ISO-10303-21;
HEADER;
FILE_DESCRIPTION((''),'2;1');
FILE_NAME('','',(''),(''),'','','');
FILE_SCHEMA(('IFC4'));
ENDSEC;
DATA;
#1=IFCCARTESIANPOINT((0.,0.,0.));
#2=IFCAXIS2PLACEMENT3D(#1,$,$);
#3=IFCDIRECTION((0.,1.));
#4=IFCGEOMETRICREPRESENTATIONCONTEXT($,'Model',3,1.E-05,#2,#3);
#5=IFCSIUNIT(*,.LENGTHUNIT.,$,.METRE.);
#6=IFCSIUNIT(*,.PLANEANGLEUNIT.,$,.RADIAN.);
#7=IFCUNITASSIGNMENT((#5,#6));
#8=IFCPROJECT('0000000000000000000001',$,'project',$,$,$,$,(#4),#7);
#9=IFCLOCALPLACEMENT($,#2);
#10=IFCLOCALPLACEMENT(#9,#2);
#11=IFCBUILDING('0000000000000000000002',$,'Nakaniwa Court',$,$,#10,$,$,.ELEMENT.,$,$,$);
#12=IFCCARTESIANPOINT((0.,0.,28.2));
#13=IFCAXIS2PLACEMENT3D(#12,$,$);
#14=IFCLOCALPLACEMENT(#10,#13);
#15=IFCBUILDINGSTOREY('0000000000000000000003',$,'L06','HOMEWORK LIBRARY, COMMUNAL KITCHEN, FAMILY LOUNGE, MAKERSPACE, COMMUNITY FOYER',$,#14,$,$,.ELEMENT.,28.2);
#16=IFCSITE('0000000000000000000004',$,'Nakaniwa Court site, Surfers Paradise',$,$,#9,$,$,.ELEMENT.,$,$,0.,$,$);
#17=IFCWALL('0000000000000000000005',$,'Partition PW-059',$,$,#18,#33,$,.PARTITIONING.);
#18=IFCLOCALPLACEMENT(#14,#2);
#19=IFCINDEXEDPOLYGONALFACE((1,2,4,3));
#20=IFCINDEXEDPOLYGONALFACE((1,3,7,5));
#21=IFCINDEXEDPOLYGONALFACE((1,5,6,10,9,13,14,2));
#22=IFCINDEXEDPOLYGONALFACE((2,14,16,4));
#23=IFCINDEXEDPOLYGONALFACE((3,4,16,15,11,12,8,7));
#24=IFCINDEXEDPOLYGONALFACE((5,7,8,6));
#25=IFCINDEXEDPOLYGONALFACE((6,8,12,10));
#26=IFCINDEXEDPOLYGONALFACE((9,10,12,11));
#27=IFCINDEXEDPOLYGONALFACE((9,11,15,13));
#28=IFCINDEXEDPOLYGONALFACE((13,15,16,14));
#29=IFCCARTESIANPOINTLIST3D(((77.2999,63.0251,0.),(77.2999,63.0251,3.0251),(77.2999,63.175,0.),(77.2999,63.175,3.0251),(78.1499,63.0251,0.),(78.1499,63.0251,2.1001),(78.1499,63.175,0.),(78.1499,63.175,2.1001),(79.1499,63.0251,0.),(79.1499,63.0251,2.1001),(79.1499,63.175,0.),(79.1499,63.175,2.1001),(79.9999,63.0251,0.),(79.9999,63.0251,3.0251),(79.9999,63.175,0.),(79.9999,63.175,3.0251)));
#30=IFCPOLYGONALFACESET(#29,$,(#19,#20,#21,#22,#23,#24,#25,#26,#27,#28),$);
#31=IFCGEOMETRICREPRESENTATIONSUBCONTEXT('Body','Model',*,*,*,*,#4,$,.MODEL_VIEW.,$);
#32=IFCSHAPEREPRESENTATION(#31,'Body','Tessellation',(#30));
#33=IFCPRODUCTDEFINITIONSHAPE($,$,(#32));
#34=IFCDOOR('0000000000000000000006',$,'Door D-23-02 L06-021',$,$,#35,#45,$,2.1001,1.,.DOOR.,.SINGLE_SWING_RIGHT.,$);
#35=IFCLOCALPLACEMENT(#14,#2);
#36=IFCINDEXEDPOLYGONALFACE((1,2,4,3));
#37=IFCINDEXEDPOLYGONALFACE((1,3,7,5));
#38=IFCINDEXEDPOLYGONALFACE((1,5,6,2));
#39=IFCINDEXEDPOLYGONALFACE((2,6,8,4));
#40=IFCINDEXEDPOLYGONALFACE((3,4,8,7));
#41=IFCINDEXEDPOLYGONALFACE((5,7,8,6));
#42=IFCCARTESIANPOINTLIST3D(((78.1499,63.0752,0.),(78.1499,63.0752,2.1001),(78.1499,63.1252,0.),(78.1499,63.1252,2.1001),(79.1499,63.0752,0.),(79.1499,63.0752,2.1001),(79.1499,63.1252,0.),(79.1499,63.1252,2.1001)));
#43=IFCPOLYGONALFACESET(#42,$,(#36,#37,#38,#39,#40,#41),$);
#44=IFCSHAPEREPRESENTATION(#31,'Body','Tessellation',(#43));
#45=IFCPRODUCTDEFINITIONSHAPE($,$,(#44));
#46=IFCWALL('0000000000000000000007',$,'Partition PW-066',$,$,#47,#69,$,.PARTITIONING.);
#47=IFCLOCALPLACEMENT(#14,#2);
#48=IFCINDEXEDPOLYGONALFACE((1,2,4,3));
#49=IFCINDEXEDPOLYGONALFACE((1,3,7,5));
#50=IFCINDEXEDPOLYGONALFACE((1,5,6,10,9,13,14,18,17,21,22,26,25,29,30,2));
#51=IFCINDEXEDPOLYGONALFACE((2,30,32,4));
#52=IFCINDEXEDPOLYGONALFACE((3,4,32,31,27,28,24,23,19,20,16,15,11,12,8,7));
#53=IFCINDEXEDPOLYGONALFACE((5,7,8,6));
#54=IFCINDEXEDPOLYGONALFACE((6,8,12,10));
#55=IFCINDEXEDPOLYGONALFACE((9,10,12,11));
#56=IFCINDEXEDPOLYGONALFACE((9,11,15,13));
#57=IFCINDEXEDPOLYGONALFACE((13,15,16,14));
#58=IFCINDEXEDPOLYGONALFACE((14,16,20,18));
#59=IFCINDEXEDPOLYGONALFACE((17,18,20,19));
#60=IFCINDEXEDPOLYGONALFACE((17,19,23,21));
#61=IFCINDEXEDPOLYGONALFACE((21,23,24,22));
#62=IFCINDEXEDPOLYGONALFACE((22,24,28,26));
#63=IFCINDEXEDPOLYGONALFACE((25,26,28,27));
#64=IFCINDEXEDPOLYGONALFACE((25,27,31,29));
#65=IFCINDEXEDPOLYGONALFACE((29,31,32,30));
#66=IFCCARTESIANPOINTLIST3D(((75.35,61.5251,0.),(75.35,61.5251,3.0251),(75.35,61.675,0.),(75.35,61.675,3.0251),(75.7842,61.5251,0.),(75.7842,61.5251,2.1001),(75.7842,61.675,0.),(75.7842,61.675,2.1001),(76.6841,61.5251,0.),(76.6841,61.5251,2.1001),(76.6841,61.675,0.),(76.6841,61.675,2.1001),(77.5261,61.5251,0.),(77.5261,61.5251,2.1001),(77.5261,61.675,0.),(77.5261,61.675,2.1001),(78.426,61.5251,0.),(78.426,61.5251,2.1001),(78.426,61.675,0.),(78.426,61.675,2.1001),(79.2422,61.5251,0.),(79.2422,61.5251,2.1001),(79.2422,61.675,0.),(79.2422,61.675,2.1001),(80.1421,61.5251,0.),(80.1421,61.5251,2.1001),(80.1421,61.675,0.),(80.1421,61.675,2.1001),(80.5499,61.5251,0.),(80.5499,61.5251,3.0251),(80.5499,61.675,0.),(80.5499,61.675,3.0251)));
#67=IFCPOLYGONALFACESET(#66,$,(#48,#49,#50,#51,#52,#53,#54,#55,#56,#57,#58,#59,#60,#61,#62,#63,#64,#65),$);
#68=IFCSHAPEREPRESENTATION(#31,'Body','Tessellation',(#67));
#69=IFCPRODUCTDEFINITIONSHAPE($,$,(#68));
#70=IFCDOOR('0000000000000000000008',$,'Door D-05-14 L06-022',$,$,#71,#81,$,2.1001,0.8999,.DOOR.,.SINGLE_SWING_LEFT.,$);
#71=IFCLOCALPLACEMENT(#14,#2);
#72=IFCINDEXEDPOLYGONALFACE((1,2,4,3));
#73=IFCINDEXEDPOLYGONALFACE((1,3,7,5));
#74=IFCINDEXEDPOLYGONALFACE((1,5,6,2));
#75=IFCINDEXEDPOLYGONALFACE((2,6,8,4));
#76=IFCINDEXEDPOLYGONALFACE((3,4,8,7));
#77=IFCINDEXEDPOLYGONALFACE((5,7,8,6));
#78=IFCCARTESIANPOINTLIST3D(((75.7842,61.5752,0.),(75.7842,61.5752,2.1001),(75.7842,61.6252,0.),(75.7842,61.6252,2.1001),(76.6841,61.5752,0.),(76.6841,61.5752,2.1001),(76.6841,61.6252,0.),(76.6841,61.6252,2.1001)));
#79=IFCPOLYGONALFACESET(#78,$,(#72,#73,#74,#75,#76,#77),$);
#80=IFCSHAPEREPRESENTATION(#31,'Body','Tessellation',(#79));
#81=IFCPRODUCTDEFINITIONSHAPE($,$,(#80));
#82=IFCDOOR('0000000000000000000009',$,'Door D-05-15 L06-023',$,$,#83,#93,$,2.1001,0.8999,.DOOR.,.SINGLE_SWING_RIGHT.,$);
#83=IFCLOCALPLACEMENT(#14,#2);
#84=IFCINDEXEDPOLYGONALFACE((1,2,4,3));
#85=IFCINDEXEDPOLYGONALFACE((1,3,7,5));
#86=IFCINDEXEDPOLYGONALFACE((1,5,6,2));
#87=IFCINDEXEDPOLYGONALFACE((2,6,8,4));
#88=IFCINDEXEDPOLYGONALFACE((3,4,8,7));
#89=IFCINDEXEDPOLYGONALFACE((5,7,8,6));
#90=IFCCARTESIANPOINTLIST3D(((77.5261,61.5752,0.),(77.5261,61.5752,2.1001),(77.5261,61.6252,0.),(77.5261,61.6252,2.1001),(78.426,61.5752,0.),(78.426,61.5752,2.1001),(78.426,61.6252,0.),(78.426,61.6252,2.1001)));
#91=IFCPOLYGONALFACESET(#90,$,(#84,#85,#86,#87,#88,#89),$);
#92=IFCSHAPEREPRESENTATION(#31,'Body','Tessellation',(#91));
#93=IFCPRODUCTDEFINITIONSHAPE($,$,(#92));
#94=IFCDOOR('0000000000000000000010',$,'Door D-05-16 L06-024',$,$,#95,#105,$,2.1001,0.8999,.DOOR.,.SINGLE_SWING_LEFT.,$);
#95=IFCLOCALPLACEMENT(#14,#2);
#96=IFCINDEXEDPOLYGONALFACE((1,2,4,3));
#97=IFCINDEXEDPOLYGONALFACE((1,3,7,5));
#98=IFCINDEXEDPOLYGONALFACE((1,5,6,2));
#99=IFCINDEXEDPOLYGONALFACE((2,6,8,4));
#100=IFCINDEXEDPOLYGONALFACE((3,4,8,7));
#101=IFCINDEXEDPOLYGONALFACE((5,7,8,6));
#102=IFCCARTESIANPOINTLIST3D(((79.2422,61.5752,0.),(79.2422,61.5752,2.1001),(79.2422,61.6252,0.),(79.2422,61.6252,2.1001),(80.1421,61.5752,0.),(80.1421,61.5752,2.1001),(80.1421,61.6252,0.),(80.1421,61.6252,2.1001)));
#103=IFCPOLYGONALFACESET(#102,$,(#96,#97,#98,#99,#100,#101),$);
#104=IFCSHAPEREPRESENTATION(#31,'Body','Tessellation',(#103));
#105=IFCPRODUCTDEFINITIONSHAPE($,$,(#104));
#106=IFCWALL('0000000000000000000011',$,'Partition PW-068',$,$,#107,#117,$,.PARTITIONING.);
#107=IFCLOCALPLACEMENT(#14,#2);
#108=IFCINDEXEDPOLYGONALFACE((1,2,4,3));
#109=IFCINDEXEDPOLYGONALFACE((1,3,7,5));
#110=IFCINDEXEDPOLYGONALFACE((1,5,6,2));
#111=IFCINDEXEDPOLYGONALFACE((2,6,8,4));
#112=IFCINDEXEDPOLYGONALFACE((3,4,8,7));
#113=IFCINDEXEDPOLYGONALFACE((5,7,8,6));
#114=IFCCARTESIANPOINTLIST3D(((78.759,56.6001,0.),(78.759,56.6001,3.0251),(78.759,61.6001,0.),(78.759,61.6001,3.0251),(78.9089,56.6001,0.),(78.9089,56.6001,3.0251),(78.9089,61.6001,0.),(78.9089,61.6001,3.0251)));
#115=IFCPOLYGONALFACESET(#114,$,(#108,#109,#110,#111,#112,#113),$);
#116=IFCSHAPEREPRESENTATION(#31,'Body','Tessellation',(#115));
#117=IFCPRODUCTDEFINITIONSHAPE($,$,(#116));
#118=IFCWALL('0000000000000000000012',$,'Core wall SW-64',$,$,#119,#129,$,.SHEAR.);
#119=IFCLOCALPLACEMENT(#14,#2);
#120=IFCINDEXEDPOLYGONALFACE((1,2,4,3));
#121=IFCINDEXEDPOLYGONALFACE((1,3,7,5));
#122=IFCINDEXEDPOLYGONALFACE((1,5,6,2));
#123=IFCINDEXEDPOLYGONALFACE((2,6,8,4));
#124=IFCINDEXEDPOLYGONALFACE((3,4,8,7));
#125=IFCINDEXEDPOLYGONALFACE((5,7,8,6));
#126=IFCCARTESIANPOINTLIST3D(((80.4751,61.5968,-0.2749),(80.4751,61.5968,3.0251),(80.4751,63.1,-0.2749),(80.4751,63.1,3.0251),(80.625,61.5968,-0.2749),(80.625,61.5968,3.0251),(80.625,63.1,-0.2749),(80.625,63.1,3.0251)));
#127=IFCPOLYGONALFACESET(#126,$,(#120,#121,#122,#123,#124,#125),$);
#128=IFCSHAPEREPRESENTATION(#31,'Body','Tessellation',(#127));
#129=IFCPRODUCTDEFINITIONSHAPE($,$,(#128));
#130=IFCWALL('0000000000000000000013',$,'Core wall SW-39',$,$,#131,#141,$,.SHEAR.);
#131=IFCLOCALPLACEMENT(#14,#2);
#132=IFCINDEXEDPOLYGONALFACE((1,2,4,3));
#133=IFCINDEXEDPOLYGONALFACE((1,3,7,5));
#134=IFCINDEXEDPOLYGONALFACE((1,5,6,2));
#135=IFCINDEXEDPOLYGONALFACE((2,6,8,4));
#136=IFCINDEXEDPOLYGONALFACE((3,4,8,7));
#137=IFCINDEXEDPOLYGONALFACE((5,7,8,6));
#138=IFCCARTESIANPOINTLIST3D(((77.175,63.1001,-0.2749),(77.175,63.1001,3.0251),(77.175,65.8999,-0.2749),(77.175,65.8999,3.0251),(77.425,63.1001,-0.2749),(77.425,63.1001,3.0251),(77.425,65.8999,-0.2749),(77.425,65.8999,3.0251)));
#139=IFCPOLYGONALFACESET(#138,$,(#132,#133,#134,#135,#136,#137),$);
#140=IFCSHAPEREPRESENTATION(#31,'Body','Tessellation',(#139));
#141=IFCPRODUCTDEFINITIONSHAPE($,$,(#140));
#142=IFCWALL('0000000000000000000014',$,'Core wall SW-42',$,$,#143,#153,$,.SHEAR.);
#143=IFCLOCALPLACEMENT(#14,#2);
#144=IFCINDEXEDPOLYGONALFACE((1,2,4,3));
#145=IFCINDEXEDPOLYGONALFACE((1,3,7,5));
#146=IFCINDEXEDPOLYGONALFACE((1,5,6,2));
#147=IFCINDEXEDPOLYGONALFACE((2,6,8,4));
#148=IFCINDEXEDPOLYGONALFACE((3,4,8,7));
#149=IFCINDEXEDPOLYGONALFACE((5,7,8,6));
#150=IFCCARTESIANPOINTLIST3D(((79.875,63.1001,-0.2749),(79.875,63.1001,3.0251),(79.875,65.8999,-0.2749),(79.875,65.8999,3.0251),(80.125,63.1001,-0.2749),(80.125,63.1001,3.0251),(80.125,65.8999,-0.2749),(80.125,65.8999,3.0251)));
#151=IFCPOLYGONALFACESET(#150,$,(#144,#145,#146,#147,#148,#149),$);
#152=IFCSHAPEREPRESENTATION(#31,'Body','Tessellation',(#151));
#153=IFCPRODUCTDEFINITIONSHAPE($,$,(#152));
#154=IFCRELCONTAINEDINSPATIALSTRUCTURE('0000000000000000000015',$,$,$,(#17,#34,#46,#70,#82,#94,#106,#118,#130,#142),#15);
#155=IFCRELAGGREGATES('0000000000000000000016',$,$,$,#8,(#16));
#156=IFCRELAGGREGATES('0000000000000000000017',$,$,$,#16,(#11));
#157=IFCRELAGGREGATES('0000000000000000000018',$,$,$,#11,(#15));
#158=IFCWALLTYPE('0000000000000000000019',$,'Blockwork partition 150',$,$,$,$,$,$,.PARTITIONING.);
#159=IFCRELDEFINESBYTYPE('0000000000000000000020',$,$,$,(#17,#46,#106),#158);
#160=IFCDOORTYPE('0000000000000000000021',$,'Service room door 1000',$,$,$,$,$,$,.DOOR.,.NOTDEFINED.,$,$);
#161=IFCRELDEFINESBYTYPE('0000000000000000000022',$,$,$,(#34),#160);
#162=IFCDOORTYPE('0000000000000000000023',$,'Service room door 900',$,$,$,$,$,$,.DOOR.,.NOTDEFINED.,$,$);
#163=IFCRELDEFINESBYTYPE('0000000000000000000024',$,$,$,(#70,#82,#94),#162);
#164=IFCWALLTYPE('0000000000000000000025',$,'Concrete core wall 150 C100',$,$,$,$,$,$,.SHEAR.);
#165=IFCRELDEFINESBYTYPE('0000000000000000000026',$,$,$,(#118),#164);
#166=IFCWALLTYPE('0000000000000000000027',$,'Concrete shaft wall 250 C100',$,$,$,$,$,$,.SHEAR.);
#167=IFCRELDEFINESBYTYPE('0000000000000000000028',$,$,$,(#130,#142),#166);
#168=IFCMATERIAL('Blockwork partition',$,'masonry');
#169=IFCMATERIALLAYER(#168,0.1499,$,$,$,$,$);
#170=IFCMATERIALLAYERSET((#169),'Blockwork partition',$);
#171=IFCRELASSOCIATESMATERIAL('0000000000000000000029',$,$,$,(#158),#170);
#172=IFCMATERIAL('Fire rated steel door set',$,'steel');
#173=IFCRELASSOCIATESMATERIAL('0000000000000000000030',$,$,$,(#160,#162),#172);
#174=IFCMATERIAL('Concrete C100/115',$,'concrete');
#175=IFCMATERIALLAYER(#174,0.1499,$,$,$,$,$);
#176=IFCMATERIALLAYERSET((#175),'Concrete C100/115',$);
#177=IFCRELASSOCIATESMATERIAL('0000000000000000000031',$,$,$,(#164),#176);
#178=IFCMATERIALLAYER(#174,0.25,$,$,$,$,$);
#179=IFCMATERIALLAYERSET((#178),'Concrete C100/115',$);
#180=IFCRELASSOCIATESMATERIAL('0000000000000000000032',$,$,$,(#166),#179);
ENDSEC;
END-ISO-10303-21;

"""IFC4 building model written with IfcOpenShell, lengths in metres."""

from ifc_helpers import new_model, si_unit, direction, frame, frame_2d, origin, place, context, subcontext, project, spatial, rectangle, extrude, material, layer, layer_set, type_object, element, fill, save


model = new_model("IFC4")

# Units and contexts
model_context = context("Model", 3, precision=1e-05, world=origin(), true_north=direction((0.0, 1.0)))
body_context = subcontext(model_context, "Body", "Model", "MODEL_VIEW")
ifc_project = project(units=[si_unit("LENGTHUNIT", "METRE"), si_unit("PLANEANGLEUNIT", "RADIAN")], contexts=[model_context])

# Site, building, storey
site_placement = place(None, origin())
site = spatial("IfcSite", under=ifc_project, at=site_placement, Name="Nakaniwa Court site, Surfers Paradise", CompositionType="ELEMENT", RefElevation=0.0)
building_placement = place(site_placement, origin())
building = spatial("IfcBuilding", under=site, at=building_placement, Name="Nakaniwa Court", CompositionType="ELEMENT")
storey_placement = place(building_placement, frame((0.0, 0.0, 28.2)))
storey = spatial("IfcBuildingStorey", under=building, at=storey_placement, Name="L06", Description="HOMEWORK LIBRARY, COMMUNAL KITCHEN, FAMILY LOUNGE, MAKERSPACE, COMMUNITY FOYER", CompositionType="ELEMENT", Elevation=28.2)

# Wall, opening, door
ifc_material_1 = material(Name="Blockwork partition", Category="masonry")
ifc_layer_1 = layer(ifc_material_1, 0.1499)
ifc_layer_set_1 = layer_set([ifc_layer_1], Name="Blockwork partition")
wall_type_1 = type_object("IfcWallType", Name="Blockwork partition 150", PredefinedType="PARTITIONING", material=ifc_layer_set_1)
wall_1_placement = place(storey_placement, frame((80.0, 63.1001, 0.0), z_axis=(0.0, 0.0, 1.0), x_axis=(-1.0, 0.0, 0.0)))
wall_1 = element("IfcWall", 1, at=wall_1_placement, inside=storey, type_object=wall_type_1, Name="Partition PW-059", PredefinedType="PARTITIONING", context=body_context, shape_type="SweptSolid", body=[
    extrude(rectangle(XDim=2.7, YDim=0.1499, at=frame_2d((1.3501, 0.0))), origin(), (0.0, 0.0, 1.0), 3.0251),
])
opening_1_placement = place(wall_1_placement, frame((0.8501, 0.0, 0.0)))
opening_1 = element("IfcOpeningElement", 2, at=opening_1_placement, cuts=wall_1, PredefinedType="OPENING", context=body_context, shape_type="SweptSolid", body=[
    extrude(rectangle(XDim=1.0, YDim=2.1001, at=frame_2d((0.5, 1.05))), frame((0.0, 0.085, 0.0), z_axis=(0.0, -1.0, 0.0), x_axis=(1.0, 0.0, 0.0)), (0.0, 0.0, 1.0), 0.1699),
])
ifc_material_2 = material(Name="Fire rated steel door set", Category="steel")
door_type_1 = type_object("IfcDoorType", Name="Service room door 1000", OperationType="NOTDEFINED", PredefinedType="DOOR", material=ifc_material_2)
door_1_placement = place(opening_1_placement, origin())
door_1 = element("IfcDoor", 3, at=door_1_placement, inside=storey, type_object=door_type_1, Name="Door D-23-02 L06-021", OperationType="SINGLE_SWING_RIGHT", OverallHeight=2.1001, OverallWidth=1.0, PredefinedType="DOOR", context=body_context, shape_type="SweptSolid", body=[
    extrude(rectangle(XDim=1.0, YDim=2.1001, at=frame_2d((0.5, 1.05))), frame((0.0, 0.0249, 0.0), z_axis=(0.0, -1.0, 0.0), x_axis=(1.0, 0.0, 0.0)), (0.0, 0.0, 1.0), 0.05),
])
fill(opening_1, door_1)

# Wall, openings, doors
wall_2_placement = place(storey_placement, frame((80.55, 61.6001, 0.0), z_axis=(0.0, 0.0, 1.0), x_axis=(-1.0, 0.0, 0.0)))
wall_2 = element("IfcWall", 4, at=wall_2_placement, inside=storey, type_object=wall_type_1, Name="Partition PW-066", PredefinedType="PARTITIONING", context=body_context, shape_type="SweptSolid", body=[
    extrude(rectangle(XDim=5.2, YDim=0.1499, at=frame_2d((2.6001, 0.0))), origin(), (0.0, 0.0, 1.0), 3.0251),
])
opening_2_placement = place(wall_2_placement, frame((3.866, 0.0, 0.0)))
opening_2 = element("IfcOpeningElement", 5, at=opening_2_placement, cuts=wall_2, PredefinedType="OPENING", context=body_context, shape_type="SweptSolid", body=[
    extrude(rectangle(XDim=0.8999, YDim=2.1001, at=frame_2d((0.45, 1.05))), frame((0.0, 0.085, 0.0), z_axis=(0.0, -1.0, 0.0), x_axis=(1.0, 0.0, 0.0)), (0.0, 0.0, 1.0), 0.1699),
])
opening_3_placement = place(wall_2_placement, frame((2.124, 0.0, 0.0)))
opening_3 = element("IfcOpeningElement", 6, at=opening_3_placement, cuts=wall_2, PredefinedType="OPENING", context=body_context, shape_type="SweptSolid", body=[
    extrude(rectangle(XDim=0.8999, YDim=2.1001, at=frame_2d((0.45, 1.05))), frame((0.0, 0.085, 0.0), z_axis=(0.0, -1.0, 0.0), x_axis=(1.0, 0.0, 0.0)), (0.0, 0.0, 1.0), 0.1699),
])
opening_4_placement = place(wall_2_placement, frame((0.408, 0.0, 0.0)))
opening_4 = element("IfcOpeningElement", 7, at=opening_4_placement, cuts=wall_2, PredefinedType="OPENING", context=body_context, shape_type="SweptSolid", body=[
    extrude(rectangle(XDim=0.8999, YDim=2.1001, at=frame_2d((0.45, 1.05))), frame((0.0, 0.085, 0.0), z_axis=(0.0, -1.0, 0.0), x_axis=(1.0, 0.0, 0.0)), (0.0, 0.0, 1.0), 0.1699),
])
door_type_2 = type_object("IfcDoorType", Name="Service room door 900", OperationType="NOTDEFINED", PredefinedType="DOOR", material=ifc_material_2)
door_2_placement = place(opening_2_placement, origin())
door_2 = element("IfcDoor", 8, at=door_2_placement, inside=storey, type_object=door_type_2, Name="Door D-05-14 L06-022", OperationType="SINGLE_SWING_LEFT", OverallHeight=2.1001, OverallWidth=0.8999, PredefinedType="DOOR", context=body_context, shape_type="SweptSolid", body=[
    extrude(rectangle(XDim=0.8999, YDim=2.1001, at=frame_2d((0.45, 1.05))), frame((0.0, 0.0249, 0.0), z_axis=(0.0, -1.0, 0.0), x_axis=(1.0, 0.0, 0.0)), (0.0, 0.0, 1.0), 0.05),
])
fill(opening_2, door_2)
door_3_placement = place(opening_3_placement, origin())
door_3 = element("IfcDoor", 9, at=door_3_placement, inside=storey, type_object=door_type_2, Name="Door D-05-15 L06-023", OperationType="SINGLE_SWING_RIGHT", OverallHeight=2.1001, OverallWidth=0.8999, PredefinedType="DOOR", context=body_context, shape_type="SweptSolid", body=[
    extrude(rectangle(XDim=0.8999, YDim=2.1001, at=frame_2d((0.45, 1.05))), frame((0.0, 0.0249, 0.0), z_axis=(0.0, -1.0, 0.0), x_axis=(1.0, 0.0, 0.0)), (0.0, 0.0, 1.0), 0.05),
])
fill(opening_3, door_3)
door_4_placement = place(opening_4_placement, origin())
door_4 = element("IfcDoor", 10, at=door_4_placement, inside=storey, type_object=door_type_2, Name="Door D-05-16 L06-024", OperationType="SINGLE_SWING_LEFT", OverallHeight=2.1001, OverallWidth=0.8999, PredefinedType="DOOR", context=body_context, shape_type="SweptSolid", body=[
    extrude(rectangle(XDim=0.8999, YDim=2.1001, at=frame_2d((0.45, 1.05))), frame((0.0, 0.0249, 0.0), z_axis=(0.0, -1.0, 0.0), x_axis=(1.0, 0.0, 0.0)), (0.0, 0.0, 1.0), 0.05),
])
fill(opening_4, door_4)

# Walls
wall_3_placement = place(storey_placement, frame((78.834, 56.6001, 0.0), z_axis=(0.0, 0.0, 1.0), x_axis=(0.0, 1.0, 0.0)))
element("IfcWall", 11, at=wall_3_placement, inside=storey, type_object=wall_type_1, Name="Partition PW-068", PredefinedType="PARTITIONING", context=body_context, shape_type="SweptSolid", body=[
    extrude(rectangle(XDim=5.0, YDim=0.1499, at=frame_2d((2.5, 0.0))), origin(), (0.0, 0.0, 1.0), 3.0251),
])
ifc_material_3 = material(Name="Concrete C100/115", Category="concrete")
ifc_layer_2 = layer(ifc_material_3, 0.1499)
ifc_layer_set_2 = layer_set([ifc_layer_2], Name="Concrete C100/115")
wall_type_2 = type_object("IfcWallType", Name="Concrete core wall 150 C100", PredefinedType="SHEAR", material=ifc_layer_set_2)
wall_4_placement = place(storey_placement, frame((80.55, 61.5969, -0.2749), z_axis=(0.0, 0.0, 1.0), x_axis=(0.0, 1.0, 0.0)))
element("IfcWall", 12, at=wall_4_placement, inside=storey, type_object=wall_type_2, Name="Core wall SW-64", PredefinedType="SHEAR", context=body_context, shape_type="SweptSolid", body=[
    extrude(rectangle(XDim=1.5032, YDim=0.1499, at=frame_2d((0.7515, 0.0))), origin(), (0.0, 0.0, 1.0), 3.3),
])
ifc_layer_3 = layer(ifc_material_3, 0.25)
ifc_layer_set_3 = layer_set([ifc_layer_3], Name="Concrete C100/115")
wall_type_3 = type_object("IfcWallType", Name="Concrete shaft wall 250 C100", PredefinedType="SHEAR", material=ifc_layer_set_3)
for number, where, z_axis, x_axis, name in (
    (13, (77.3, 63.1001, -0.2749), (0.0, 0.0, 1.0), (0.0, 1.0, 0.0), "Core wall SW-39"),
    (14, (80.0, 63.1001, -0.2749), (0.0, 0.0, 1.0), (0.0, 1.0, 0.0), "Core wall SW-42"),
):
    element("IfcWall", number, at=place(storey_placement, frame(where, z_axis=z_axis, x_axis=x_axis)), inside=storey, type_object=wall_type_3, Name=name, PredefinedType="SHEAR", context=body_context, shape_type="SweptSolid", body=[
        extrude(rectangle(XDim=2.7998, YDim=0.25, at=frame_2d((1.3999, 0.0))), origin(), (0.0, 0.0, 1.0), 3.3),
    ])

save(model, "model.ifc")
